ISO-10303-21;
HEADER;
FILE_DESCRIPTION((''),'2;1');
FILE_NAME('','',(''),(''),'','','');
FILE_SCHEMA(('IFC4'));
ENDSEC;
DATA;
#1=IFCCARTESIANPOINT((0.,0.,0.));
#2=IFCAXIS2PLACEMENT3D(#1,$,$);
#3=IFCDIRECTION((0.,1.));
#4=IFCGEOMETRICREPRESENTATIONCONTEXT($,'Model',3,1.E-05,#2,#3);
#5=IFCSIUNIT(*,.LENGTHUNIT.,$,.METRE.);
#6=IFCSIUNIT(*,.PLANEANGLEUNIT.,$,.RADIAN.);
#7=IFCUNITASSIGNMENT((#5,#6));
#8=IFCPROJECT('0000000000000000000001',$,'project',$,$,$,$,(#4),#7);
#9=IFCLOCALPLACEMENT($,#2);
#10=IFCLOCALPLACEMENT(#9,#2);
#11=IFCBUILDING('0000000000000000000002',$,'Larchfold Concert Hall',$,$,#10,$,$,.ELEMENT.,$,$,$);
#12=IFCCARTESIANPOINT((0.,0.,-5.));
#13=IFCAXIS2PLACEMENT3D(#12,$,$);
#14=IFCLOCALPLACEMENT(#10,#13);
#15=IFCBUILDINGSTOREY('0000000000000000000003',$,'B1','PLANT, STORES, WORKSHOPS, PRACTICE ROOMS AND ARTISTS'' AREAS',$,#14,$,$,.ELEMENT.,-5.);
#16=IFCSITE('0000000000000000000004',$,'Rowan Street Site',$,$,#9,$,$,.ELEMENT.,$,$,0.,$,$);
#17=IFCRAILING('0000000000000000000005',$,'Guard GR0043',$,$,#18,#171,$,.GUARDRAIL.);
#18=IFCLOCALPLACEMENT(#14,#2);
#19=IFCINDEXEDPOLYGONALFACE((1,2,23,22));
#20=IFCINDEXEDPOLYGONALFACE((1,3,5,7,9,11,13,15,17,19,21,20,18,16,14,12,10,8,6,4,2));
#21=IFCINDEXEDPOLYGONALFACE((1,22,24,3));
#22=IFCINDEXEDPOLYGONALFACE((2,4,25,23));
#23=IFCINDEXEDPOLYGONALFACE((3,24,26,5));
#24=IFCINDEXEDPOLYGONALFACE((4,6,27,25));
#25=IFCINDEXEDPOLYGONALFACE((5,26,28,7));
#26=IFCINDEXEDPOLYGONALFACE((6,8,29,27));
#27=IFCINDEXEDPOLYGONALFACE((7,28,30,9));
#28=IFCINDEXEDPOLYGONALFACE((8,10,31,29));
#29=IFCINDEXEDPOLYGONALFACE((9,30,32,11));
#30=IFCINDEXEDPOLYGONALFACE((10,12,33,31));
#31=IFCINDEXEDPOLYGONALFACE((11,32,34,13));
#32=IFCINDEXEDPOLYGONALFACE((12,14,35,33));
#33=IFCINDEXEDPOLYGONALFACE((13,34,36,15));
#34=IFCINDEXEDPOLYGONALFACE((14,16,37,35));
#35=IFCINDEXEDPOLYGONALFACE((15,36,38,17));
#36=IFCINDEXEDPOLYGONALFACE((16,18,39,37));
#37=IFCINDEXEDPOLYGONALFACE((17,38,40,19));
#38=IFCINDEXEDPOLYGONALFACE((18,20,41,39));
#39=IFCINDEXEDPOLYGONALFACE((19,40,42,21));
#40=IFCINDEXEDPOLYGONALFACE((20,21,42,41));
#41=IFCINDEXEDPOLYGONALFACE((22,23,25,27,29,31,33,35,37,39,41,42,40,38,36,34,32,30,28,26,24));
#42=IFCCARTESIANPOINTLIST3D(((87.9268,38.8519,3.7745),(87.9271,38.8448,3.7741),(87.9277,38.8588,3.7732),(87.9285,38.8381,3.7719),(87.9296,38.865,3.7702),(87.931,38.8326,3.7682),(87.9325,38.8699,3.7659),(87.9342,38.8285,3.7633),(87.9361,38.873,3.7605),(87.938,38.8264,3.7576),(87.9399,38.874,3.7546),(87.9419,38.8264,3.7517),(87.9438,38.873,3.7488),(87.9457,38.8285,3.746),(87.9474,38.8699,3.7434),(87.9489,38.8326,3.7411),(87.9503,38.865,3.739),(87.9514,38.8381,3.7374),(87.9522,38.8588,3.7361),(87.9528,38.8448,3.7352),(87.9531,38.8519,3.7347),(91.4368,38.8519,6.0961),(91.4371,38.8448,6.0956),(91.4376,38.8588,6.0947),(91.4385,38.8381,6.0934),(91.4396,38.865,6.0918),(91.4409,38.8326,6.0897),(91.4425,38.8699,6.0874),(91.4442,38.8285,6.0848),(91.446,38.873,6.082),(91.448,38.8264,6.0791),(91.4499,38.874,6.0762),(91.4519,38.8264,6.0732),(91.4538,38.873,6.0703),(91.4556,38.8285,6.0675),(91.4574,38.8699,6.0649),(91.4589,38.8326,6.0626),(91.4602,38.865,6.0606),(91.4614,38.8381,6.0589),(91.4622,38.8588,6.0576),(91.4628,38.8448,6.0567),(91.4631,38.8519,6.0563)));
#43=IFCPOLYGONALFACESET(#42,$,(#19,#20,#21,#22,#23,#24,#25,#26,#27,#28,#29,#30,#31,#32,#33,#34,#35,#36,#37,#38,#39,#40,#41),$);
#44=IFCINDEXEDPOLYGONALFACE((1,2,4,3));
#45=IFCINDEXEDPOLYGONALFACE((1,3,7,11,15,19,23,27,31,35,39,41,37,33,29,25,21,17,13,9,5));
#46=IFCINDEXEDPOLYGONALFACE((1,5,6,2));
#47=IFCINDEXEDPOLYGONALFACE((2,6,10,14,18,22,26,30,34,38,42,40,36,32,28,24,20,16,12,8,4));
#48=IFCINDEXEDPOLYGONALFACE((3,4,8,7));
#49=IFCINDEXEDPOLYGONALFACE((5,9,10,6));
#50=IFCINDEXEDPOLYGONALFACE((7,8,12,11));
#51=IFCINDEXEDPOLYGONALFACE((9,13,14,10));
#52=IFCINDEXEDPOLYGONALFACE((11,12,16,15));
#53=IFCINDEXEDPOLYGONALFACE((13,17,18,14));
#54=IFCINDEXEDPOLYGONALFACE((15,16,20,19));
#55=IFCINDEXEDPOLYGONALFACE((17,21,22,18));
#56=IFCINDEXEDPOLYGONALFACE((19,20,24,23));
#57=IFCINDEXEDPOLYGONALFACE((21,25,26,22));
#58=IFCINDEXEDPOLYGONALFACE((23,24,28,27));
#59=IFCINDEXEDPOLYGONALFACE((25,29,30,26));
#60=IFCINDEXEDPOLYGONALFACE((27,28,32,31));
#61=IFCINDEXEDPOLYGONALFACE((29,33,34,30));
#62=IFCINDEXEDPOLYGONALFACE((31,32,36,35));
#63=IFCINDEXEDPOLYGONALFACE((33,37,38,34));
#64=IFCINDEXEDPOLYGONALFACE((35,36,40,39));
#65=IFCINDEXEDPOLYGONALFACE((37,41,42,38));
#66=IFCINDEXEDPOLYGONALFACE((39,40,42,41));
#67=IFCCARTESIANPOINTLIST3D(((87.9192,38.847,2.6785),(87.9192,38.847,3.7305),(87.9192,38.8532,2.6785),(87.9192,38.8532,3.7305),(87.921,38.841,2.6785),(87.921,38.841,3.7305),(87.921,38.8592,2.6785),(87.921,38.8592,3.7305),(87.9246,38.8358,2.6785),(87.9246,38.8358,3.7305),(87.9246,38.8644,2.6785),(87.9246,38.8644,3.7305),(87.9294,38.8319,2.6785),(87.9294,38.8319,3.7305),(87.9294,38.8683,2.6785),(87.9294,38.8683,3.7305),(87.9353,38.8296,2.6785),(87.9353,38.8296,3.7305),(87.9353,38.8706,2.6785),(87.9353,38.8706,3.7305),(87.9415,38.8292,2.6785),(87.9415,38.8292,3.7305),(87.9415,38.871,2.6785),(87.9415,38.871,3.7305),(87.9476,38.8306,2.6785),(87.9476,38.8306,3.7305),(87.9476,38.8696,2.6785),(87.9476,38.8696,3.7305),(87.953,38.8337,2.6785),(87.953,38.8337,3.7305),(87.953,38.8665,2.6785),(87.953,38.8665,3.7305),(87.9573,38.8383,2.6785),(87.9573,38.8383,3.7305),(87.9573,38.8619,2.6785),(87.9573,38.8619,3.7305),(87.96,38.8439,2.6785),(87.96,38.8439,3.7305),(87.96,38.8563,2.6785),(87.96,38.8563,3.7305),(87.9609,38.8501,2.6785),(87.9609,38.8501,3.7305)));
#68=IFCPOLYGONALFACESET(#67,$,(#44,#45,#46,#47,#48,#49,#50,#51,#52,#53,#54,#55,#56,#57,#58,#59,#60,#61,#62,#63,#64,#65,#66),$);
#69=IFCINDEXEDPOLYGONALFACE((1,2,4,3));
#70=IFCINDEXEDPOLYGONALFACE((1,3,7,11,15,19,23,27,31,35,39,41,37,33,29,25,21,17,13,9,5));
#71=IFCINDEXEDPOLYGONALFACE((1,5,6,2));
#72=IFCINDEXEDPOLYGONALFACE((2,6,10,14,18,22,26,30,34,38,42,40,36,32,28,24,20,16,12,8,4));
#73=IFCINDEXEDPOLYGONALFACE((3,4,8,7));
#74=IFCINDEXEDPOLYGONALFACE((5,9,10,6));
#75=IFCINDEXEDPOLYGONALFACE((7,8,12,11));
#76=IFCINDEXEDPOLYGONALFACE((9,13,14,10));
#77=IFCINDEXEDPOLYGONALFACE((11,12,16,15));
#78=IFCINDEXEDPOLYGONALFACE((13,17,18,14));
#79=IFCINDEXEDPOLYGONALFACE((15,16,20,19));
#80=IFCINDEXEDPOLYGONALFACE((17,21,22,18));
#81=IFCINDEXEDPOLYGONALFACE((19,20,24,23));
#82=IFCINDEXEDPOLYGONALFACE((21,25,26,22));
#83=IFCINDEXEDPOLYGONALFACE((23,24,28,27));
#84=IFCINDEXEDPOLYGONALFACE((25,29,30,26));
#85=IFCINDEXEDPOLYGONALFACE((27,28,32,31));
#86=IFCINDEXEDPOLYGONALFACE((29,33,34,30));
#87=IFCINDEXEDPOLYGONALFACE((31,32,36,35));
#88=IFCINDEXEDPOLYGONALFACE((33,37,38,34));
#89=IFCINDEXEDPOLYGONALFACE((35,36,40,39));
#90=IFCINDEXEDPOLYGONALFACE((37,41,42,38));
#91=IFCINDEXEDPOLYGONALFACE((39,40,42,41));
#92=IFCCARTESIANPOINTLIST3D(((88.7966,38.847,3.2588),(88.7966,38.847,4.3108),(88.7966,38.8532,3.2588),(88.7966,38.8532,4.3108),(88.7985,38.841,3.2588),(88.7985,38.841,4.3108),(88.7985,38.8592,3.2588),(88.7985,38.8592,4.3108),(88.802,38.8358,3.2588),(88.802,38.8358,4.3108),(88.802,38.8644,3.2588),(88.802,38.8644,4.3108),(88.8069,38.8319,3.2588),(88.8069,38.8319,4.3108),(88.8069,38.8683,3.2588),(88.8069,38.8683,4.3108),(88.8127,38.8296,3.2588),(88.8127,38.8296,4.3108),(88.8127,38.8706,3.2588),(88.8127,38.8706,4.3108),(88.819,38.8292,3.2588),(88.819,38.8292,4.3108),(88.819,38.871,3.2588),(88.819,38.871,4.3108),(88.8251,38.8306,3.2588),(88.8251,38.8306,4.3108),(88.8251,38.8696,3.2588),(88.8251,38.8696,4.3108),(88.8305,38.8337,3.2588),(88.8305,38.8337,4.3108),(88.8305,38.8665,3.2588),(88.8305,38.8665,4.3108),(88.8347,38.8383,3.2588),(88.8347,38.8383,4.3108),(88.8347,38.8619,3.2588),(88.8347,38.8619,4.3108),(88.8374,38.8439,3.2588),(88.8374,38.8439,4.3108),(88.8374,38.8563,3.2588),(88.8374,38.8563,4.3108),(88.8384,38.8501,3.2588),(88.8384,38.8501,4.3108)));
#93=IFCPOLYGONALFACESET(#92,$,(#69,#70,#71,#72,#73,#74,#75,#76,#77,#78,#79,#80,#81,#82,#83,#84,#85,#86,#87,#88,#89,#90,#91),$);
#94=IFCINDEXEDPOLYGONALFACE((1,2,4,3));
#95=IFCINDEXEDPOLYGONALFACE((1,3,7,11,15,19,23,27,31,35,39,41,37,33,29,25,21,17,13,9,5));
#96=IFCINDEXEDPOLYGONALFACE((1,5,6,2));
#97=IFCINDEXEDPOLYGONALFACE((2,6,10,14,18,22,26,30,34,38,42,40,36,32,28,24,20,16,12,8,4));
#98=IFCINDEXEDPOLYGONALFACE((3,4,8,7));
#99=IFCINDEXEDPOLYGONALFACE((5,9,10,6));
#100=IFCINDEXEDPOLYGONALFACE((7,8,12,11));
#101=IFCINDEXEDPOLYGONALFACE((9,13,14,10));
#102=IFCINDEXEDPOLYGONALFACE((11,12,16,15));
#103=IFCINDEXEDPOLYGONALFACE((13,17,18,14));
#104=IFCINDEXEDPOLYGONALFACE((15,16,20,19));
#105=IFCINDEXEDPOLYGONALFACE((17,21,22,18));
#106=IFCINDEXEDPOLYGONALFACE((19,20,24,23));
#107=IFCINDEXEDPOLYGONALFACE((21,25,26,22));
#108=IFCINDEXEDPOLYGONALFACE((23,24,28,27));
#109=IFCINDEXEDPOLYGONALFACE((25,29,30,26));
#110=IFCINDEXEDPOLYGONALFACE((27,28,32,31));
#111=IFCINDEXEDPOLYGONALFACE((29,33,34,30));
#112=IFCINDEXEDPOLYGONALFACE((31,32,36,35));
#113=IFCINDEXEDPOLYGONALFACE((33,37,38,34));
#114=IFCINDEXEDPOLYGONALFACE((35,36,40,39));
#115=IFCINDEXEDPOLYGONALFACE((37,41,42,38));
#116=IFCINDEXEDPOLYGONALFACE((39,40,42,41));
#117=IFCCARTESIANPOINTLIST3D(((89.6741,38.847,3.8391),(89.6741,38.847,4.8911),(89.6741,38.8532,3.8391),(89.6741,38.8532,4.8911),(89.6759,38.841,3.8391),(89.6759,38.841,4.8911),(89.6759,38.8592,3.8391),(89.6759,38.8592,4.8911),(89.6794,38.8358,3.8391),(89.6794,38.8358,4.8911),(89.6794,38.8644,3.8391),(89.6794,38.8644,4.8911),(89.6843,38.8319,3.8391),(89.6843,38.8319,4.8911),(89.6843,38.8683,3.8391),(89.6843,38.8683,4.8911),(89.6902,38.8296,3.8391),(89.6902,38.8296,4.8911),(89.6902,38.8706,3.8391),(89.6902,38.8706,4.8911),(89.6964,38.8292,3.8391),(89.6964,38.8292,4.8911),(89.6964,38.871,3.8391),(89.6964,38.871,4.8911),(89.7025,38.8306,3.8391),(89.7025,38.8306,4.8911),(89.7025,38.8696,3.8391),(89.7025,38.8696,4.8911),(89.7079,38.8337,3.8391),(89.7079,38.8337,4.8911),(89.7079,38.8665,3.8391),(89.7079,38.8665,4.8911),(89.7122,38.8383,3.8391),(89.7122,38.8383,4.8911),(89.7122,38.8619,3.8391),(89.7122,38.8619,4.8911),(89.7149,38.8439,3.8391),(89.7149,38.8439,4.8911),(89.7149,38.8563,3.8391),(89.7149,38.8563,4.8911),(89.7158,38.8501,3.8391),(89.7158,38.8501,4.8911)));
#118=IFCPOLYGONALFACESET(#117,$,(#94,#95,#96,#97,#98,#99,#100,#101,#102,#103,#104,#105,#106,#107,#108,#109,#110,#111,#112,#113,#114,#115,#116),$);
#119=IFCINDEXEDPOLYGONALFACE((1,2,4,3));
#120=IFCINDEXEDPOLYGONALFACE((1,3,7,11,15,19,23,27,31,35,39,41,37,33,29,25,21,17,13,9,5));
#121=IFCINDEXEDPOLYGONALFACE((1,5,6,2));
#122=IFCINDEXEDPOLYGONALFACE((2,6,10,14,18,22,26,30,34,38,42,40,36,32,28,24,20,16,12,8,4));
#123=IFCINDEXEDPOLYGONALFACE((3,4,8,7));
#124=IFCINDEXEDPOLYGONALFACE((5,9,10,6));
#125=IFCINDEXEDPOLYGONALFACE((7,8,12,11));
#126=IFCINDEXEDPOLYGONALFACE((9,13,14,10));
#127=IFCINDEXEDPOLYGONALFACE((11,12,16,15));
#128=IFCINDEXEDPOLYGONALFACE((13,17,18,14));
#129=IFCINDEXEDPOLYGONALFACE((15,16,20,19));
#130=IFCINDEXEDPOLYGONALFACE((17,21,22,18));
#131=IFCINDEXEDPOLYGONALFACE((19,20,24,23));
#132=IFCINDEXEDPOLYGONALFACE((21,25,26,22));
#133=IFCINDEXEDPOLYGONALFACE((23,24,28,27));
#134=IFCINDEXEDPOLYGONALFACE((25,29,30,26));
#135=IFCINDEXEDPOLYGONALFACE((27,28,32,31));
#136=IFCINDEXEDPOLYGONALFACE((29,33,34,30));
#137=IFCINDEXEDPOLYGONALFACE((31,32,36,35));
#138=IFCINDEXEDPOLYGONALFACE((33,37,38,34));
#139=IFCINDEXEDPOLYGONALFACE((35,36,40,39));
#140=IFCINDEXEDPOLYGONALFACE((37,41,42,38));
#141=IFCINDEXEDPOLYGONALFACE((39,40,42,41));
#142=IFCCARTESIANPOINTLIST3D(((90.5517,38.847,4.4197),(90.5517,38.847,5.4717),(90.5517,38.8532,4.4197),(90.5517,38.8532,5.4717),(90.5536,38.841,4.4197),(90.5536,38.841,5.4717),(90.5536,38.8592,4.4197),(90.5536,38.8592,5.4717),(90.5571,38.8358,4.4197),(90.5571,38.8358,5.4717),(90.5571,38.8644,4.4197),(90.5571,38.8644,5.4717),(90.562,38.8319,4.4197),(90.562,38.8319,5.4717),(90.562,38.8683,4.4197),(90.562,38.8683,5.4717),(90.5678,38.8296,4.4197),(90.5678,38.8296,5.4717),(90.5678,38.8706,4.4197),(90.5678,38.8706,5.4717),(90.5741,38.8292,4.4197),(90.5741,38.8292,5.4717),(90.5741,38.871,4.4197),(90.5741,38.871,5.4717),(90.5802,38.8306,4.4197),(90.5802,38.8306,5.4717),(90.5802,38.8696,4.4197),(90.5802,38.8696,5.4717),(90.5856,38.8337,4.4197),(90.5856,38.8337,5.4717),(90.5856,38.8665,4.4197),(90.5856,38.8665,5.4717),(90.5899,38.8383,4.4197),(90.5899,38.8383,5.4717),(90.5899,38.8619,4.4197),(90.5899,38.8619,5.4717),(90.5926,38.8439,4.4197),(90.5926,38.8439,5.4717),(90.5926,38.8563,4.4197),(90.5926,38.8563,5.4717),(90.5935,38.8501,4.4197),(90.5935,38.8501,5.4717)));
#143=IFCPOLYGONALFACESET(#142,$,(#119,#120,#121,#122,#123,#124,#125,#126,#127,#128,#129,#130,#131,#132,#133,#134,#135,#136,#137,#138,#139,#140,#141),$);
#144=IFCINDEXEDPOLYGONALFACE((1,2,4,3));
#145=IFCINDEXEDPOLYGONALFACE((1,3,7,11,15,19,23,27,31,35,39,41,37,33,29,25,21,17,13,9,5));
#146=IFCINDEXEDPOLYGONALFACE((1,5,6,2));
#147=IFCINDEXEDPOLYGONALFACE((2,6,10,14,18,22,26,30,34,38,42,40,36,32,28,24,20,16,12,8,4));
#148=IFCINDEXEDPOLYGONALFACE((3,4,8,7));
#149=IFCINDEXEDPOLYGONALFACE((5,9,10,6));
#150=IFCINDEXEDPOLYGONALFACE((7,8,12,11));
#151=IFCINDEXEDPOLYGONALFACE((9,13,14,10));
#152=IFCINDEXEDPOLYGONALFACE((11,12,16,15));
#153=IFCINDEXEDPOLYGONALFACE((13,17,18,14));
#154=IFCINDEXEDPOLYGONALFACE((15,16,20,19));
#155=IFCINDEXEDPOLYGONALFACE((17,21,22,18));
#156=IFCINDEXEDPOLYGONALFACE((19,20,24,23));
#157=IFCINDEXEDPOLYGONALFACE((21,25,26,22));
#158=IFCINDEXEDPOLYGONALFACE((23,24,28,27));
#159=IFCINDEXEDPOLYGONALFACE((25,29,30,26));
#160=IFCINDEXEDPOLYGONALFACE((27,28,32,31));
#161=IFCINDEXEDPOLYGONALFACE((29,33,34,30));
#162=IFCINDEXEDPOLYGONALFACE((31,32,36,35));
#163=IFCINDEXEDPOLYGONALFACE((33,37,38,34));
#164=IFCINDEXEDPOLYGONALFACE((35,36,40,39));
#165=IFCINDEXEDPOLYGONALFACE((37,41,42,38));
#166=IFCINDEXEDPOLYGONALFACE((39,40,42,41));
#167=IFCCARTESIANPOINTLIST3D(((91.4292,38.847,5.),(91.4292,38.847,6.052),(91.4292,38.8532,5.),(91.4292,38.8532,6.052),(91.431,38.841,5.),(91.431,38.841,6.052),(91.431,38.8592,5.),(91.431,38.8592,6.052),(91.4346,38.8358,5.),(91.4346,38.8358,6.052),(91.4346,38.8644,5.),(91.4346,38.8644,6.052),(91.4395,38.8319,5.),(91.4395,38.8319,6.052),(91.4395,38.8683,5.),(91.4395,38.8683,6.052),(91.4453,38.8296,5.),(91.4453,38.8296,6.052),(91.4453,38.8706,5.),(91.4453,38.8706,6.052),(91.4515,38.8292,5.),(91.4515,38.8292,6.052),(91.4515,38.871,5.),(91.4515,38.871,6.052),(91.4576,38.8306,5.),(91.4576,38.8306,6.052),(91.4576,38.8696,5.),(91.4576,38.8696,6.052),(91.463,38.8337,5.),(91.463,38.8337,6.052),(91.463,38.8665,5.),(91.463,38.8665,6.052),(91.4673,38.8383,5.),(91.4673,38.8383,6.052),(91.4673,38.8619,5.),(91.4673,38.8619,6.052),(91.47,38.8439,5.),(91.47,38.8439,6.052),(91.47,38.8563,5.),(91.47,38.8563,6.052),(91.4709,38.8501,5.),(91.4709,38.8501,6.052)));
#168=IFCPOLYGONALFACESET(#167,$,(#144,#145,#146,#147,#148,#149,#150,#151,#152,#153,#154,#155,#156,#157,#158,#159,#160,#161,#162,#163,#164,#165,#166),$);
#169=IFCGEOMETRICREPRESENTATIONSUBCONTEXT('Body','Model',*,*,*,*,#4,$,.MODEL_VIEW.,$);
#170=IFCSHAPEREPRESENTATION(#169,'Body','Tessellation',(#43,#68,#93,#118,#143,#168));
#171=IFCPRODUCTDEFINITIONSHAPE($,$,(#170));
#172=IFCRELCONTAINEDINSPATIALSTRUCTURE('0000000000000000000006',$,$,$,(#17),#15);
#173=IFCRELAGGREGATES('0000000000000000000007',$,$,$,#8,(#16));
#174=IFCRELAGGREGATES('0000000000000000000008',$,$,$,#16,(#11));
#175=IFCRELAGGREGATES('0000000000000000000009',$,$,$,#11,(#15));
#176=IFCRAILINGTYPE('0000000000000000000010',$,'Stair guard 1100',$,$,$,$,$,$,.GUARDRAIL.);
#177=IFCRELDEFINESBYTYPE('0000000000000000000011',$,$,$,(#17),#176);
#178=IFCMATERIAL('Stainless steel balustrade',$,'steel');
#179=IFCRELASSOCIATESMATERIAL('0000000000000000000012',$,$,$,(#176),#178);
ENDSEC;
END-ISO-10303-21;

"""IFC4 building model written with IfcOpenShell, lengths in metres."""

from ifc_helpers import new_model, si_unit, direction, frame, origin, origin_2d, place, context, subcontext, project, spatial, circle, extrude, material, type_object, element, save


model = new_model("IFC4")

# Units and contexts
model_context = context("Model", 3, precision=1e-05, world=origin(), true_north=direction((0.0, 1.0)))
body_context = subcontext(model_context, "Body", "Model", "MODEL_VIEW")
ifc_project = project(units=[si_unit("LENGTHUNIT", "METRE"), si_unit("PLANEANGLEUNIT", "RADIAN")], contexts=[model_context])

# Site, building, storey
site_placement = place(None, origin())
site = spatial("IfcSite", under=ifc_project, at=site_placement, Name="Rowan Street Site", CompositionType="ELEMENT", RefElevation=0.0)
building_placement = place(site_placement, origin())
building = spatial("IfcBuilding", under=site, at=building_placement, Name="Larchfold Concert Hall", CompositionType="ELEMENT")
storey_placement = place(building_placement, frame((0.0, 0.0, -5.0)))
storey = spatial("IfcBuildingStorey", under=building, at=storey_placement, Name="B1", Description="PLANT, STORES, WORKSHOPS, PRACTICE ROOMS AND ARTISTS' AREAS", CompositionType="ELEMENT", Elevation=-5.0)

# Railing
ifc_material_1 = material(Name="Stainless steel balustrade", Category="steel")
railing_type_1 = type_object("IfcRailingType", Name="Stair guard 1100", PredefinedType="GUARDRAIL", material=ifc_material_1)
railing_1_placement = place(storey_placement, frame((87.9399, 38.8501, 2.6785)))
element("IfcRailing", 1, at=railing_1_placement, inside=storey, type_object=railing_type_1, Name="Guard GR0043", PredefinedType="GUARDRAIL", context=body_context, shape_type="SweptSolid", body=[
    extrude(circle(Radius=0.0239, at=origin_2d()), frame((0.0, 0.0, 1.0762), z_axis=(0.834071, 0.0, 0.551657), x_axis=(0.0, 1.0, 0.0)), (0.0, 0.0, 1.0), 4.2083),
    extrude(circle(Radius=0.021, at=origin_2d()), origin(), (0.0, 0.0, 1.0), 1.052),
    extrude(circle(Radius=0.021, at=origin_2d()), frame((0.8774, 0.0, 0.5803)), (0.0, 0.0, 1.0), 1.052),
    extrude(circle(Radius=0.021, at=origin_2d()), frame((1.7549, 0.0, 1.1606)), (0.0, 0.0, 1.0), 1.052),
    extrude(circle(Radius=0.021, at=origin_2d()), frame((2.6326, 0.0, 1.7412)), (0.0, 0.0, 1.0), 1.052),
    extrude(circle(Radius=0.021, at=origin_2d()), frame((3.51, 0.0, 2.3215)), (0.0, 0.0, 1.0), 1.052),
])

save(model, "model.ifc")
